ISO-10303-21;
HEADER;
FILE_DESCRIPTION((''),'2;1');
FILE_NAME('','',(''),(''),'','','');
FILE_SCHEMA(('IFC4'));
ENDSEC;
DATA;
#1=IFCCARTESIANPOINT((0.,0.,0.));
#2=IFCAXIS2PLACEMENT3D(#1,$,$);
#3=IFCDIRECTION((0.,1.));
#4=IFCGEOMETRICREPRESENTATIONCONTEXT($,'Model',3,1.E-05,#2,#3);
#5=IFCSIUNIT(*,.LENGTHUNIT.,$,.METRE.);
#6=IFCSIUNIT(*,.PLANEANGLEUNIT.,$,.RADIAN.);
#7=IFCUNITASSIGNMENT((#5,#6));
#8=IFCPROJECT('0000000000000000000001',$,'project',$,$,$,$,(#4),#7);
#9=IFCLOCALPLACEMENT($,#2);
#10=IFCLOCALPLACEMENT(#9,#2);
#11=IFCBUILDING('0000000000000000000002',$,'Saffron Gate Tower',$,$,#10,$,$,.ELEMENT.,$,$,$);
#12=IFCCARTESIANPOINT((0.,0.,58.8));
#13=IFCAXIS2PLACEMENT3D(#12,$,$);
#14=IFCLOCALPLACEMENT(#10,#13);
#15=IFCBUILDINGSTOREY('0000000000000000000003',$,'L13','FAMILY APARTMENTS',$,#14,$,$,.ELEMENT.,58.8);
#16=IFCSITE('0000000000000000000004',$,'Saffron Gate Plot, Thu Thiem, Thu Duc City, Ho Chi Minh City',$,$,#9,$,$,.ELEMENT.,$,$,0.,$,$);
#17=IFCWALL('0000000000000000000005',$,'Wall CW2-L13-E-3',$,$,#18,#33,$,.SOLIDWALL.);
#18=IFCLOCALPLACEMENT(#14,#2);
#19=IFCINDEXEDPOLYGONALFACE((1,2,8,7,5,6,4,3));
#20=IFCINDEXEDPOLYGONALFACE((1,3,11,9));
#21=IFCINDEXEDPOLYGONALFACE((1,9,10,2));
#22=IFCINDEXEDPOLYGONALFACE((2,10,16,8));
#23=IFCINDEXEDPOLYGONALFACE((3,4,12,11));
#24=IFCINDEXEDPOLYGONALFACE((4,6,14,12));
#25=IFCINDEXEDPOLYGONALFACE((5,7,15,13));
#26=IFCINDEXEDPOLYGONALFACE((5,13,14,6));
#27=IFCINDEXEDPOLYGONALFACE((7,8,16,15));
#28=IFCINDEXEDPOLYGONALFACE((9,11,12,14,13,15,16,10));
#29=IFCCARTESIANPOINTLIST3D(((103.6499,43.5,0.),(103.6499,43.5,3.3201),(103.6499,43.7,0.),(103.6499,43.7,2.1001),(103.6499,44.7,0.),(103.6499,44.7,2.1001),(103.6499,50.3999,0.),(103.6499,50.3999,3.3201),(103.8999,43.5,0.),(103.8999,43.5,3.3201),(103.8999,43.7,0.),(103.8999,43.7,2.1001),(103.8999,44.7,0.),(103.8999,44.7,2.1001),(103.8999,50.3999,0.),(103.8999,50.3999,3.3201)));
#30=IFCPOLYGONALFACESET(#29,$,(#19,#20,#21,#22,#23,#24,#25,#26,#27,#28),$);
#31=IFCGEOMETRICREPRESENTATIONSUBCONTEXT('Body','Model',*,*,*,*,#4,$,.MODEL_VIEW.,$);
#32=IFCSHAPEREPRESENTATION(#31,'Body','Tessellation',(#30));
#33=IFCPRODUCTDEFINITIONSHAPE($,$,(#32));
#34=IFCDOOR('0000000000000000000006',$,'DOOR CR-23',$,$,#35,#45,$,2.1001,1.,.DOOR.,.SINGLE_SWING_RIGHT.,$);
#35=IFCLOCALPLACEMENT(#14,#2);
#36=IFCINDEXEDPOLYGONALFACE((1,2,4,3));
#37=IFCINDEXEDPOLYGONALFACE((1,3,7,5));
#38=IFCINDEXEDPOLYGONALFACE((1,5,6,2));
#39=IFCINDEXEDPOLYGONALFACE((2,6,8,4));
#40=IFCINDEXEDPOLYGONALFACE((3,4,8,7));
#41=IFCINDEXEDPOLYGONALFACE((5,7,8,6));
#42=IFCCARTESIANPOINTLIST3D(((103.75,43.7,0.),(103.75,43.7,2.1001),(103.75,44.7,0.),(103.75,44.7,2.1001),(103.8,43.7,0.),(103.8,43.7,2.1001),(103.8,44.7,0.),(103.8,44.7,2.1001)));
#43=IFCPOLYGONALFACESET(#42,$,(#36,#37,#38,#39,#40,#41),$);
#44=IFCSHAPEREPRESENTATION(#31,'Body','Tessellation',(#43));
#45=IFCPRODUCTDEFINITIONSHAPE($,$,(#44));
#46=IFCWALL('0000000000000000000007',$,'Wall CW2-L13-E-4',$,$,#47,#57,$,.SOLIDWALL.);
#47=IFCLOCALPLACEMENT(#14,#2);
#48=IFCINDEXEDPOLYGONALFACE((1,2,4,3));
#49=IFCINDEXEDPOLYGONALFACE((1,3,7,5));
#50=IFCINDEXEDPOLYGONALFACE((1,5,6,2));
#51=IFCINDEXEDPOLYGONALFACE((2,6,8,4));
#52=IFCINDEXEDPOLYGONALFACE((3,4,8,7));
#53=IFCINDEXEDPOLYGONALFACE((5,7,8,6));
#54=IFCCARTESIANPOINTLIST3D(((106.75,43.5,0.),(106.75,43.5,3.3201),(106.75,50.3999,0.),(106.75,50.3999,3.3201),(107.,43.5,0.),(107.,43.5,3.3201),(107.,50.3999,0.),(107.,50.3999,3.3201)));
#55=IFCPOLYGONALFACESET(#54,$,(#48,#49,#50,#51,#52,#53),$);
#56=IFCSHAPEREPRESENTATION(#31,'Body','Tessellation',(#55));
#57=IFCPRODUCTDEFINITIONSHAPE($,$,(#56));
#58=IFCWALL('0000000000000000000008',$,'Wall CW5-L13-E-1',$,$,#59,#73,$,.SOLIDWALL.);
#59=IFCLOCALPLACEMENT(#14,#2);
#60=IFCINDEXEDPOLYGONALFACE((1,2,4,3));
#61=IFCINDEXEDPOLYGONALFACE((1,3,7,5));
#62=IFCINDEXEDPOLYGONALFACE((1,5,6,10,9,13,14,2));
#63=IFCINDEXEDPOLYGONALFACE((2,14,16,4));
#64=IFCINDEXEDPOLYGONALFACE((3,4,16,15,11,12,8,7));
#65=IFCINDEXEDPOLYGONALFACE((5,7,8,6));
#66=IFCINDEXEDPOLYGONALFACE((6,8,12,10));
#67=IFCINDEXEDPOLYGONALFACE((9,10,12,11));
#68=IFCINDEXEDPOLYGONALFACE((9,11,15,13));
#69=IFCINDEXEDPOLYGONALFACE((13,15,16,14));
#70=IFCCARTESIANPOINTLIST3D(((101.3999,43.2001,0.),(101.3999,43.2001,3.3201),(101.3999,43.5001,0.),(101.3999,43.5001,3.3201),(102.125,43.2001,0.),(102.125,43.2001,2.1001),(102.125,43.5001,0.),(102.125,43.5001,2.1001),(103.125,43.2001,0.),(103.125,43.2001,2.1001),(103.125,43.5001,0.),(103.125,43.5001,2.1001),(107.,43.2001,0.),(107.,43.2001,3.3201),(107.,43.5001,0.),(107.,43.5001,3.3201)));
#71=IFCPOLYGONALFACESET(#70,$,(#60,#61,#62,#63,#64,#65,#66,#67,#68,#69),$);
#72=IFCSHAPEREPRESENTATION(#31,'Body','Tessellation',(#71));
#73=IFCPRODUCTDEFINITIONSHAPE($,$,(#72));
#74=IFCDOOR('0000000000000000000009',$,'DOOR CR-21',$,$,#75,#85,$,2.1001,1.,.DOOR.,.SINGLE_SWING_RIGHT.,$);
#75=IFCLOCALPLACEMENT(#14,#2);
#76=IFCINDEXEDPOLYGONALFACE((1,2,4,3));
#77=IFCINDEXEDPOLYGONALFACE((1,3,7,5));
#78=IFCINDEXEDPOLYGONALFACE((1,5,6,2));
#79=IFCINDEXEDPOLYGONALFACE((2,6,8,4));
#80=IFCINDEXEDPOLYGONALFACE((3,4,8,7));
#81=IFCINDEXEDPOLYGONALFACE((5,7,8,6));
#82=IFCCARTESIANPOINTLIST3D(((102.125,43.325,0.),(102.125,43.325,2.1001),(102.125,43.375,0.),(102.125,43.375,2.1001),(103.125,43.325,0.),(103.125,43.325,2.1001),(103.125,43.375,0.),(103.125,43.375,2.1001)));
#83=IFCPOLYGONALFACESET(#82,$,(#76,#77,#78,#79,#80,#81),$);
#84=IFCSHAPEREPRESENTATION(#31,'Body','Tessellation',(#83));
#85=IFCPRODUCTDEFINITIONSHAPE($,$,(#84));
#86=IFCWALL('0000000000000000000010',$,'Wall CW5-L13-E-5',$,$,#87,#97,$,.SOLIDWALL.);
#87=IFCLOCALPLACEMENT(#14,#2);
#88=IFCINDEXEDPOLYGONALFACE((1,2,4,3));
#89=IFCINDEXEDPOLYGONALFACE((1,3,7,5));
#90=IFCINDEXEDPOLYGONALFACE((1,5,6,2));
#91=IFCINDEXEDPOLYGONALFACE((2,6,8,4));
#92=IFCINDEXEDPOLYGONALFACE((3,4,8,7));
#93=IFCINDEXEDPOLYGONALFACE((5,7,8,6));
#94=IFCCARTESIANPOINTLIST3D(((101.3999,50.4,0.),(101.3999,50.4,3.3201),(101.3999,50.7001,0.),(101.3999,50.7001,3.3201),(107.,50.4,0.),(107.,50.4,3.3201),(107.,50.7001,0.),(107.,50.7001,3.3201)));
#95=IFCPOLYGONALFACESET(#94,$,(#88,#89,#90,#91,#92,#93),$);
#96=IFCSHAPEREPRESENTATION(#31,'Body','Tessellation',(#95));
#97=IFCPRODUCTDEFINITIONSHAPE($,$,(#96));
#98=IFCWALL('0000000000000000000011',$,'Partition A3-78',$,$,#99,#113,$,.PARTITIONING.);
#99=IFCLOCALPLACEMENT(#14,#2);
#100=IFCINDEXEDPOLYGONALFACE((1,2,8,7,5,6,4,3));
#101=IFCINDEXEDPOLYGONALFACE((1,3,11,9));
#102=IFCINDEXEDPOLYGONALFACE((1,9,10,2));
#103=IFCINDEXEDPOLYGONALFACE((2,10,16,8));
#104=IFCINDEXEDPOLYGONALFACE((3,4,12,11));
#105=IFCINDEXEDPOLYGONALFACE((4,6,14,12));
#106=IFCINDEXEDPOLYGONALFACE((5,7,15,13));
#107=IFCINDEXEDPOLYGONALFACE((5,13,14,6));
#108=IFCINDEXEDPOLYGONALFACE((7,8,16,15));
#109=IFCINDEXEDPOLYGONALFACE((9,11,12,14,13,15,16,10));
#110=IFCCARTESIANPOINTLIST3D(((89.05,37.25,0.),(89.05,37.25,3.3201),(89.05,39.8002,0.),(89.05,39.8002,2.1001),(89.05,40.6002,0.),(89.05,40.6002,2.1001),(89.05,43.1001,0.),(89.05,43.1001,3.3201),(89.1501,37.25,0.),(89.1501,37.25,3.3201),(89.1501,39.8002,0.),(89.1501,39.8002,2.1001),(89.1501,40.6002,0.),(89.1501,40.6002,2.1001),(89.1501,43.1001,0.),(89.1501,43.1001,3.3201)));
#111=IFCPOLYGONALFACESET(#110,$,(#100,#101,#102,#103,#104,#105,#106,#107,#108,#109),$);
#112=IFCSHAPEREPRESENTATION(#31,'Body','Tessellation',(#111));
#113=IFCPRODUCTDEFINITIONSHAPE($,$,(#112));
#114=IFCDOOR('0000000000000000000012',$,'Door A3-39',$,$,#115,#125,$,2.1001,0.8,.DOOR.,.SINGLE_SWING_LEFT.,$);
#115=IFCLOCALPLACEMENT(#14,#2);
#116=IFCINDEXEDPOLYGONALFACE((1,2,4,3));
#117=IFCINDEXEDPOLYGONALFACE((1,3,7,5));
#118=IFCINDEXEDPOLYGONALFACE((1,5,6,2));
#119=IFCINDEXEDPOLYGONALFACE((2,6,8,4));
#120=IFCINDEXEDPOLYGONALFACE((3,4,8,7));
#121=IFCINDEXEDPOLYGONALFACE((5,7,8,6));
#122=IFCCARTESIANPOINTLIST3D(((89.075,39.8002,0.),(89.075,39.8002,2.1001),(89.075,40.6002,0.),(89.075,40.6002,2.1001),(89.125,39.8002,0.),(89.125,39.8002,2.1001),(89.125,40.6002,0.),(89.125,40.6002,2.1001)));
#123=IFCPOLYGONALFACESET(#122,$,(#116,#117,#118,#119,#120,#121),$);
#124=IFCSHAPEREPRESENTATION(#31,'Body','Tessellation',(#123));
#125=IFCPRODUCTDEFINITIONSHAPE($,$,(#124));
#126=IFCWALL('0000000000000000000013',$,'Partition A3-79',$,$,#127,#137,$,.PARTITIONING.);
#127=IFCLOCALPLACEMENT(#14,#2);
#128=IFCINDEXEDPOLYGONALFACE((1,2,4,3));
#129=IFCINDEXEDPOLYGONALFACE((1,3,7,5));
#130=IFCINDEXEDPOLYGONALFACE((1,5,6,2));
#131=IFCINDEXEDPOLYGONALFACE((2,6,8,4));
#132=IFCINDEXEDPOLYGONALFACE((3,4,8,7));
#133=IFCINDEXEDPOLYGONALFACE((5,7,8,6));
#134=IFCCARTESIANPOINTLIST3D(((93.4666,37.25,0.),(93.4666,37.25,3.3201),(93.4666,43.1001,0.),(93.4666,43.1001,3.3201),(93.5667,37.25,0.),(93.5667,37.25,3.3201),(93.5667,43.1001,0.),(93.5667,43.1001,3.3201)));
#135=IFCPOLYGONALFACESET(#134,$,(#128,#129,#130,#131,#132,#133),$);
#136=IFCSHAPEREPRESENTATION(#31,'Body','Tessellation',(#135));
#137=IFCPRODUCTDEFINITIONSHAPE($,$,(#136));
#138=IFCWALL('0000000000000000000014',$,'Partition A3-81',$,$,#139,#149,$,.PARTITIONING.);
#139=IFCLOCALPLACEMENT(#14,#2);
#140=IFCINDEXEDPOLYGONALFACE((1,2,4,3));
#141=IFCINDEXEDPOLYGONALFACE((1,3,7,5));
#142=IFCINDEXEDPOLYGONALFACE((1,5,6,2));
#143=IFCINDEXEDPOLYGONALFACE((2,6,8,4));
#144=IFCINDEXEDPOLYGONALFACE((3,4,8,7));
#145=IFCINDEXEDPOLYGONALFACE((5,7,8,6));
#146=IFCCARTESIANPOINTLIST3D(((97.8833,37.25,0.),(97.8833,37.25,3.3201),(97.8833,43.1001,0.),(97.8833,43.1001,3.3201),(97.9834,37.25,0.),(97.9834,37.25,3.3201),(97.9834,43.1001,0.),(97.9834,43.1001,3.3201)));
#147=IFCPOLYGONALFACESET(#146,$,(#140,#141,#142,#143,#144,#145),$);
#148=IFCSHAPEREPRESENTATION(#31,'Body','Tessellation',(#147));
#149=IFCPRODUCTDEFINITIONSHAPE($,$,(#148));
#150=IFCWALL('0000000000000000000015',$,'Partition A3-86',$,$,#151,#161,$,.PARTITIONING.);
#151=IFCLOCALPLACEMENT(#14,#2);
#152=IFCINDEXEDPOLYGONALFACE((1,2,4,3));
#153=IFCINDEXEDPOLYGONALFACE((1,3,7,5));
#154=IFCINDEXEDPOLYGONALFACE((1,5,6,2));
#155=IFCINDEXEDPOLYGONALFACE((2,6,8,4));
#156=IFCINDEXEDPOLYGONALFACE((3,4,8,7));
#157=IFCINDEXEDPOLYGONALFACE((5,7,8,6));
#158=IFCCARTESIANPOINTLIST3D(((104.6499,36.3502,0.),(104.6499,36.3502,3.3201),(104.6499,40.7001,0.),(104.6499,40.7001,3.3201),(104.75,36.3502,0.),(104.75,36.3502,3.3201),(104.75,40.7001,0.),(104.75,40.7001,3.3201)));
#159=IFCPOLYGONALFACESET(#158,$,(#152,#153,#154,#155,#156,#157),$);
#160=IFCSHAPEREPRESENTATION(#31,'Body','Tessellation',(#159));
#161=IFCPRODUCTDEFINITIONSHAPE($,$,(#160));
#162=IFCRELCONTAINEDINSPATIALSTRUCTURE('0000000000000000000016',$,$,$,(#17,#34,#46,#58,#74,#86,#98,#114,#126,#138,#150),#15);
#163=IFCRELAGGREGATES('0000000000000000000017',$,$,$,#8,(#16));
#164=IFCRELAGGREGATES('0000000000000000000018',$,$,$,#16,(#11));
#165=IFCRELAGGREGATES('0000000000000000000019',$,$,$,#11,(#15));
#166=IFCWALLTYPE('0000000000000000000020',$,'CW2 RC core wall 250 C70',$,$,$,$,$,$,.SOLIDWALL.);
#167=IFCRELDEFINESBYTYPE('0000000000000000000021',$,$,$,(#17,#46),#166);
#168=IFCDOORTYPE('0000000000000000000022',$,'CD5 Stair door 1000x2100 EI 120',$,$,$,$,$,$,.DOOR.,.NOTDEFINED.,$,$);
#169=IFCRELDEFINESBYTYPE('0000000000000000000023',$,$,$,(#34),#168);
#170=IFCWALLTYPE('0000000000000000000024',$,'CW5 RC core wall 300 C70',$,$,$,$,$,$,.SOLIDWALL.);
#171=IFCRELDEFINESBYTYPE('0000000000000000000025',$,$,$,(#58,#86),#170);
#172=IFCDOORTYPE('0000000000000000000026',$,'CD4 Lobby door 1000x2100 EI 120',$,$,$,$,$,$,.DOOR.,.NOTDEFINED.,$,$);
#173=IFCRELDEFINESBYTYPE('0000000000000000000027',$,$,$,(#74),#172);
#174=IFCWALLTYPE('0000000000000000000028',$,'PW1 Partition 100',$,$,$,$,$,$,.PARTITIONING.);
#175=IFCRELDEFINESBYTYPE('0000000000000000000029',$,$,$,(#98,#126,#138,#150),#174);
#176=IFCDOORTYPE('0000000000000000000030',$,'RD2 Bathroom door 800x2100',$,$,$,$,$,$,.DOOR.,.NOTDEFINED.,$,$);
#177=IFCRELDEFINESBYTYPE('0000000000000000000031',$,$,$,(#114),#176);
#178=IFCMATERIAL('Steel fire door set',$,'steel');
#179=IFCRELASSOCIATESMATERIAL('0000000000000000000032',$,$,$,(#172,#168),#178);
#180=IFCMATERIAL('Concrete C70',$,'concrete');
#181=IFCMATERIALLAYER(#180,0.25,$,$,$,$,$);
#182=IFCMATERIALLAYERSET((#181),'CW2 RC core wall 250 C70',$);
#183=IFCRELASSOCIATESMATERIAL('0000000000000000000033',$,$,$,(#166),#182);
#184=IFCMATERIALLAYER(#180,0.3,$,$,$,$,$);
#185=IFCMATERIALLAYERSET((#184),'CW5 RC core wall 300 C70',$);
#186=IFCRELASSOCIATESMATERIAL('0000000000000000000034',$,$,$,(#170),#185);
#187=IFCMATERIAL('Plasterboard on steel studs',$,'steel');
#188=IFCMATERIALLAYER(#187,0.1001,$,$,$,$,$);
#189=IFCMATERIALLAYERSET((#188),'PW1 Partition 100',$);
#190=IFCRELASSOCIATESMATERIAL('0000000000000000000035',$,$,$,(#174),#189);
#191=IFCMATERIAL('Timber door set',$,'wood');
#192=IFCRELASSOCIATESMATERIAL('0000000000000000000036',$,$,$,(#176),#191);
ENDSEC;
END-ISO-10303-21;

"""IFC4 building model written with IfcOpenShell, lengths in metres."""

from ifc_helpers import new_model, si_unit, direction, frame, frame_2d, origin, place, context, subcontext, project, spatial, rectangle, extrude, material, layer, layer_set, type_object, element, fill, save


model = new_model("IFC4")

# Units and contexts
model_context = context("Model", 3, precision=1e-05, world=origin(), true_north=direction((0.0, 1.0)))
body_context = subcontext(model_context, "Body", "Model", "MODEL_VIEW")
ifc_project = project(units=[si_unit("LENGTHUNIT", "METRE"), si_unit("PLANEANGLEUNIT", "RADIAN")], contexts=[model_context])

# Site, building, storey
site_placement = place(None, origin())
site = spatial("IfcSite", under=ifc_project, at=site_placement, Name="Saffron Gate Plot, Thu Thiem, Thu Duc City, Ho Chi Minh City", CompositionType="ELEMENT", RefElevation=0.0)
building_placement = place(site_placement, origin())
building = spatial("IfcBuilding", under=site, at=building_placement, Name="Saffron Gate Tower", CompositionType="ELEMENT")
storey_placement = place(building_placement, frame((0.0, 0.0, 58.8)))
storey = spatial("IfcBuildingStorey", under=building, at=storey_placement, Name="L13", Description="FAMILY APARTMENTS", CompositionType="ELEMENT", Elevation=58.8)

# Wall, opening, door
ifc_material_1 = material(Name="Steel fire door set", Category="steel")
door_type_1 = type_object("IfcDoorType", Name="CD4 Lobby door 1000x2100 EI 120", OperationType="NOTDEFINED", PredefinedType="DOOR", material=ifc_material_1)
ifc_material_2 = material(Name="Concrete C70", Category="concrete")
ifc_layer_1 = layer(ifc_material_2, 0.25)
ifc_layer_set_1 = layer_set([ifc_layer_1], Name="CW2 RC core wall 250 C70")
wall_type_1 = type_object("IfcWallType", Name="CW2 RC core wall 250 C70", PredefinedType="SOLIDWALL", material=ifc_layer_set_1)
wall_1_placement = place(storey_placement, frame((103.7749, 43.5, 0.0), z_axis=(0.0, 0.0, 1.0), x_axis=(0.0, 1.0, 0.0)))
wall_1 = element("IfcWall", 1, at=wall_1_placement, inside=storey, type_object=wall_type_1, Name="Wall CW2-L13-E-3", PredefinedType="SOLIDWALL", context=body_context, shape_type="SweptSolid", body=[
    extrude(rectangle(XDim=6.8999, YDim=0.25, at=frame_2d((3.45, 0.0))), origin(), (0.0, 0.0, 1.0), 3.3201),
])
opening_1_placement = place(wall_1_placement, frame((0.2, 0.0, 0.0)))
opening_1 = element("IfcOpeningElement", 2, at=opening_1_placement, cuts=wall_1, PredefinedType="OPENING", context=body_context, shape_type="SweptSolid", body=[
    extrude(rectangle(XDim=1.0, YDim=2.1001, at=frame_2d((0.5, 1.05))), frame((0.0, 0.135, 0.0), z_axis=(0.0, -1.0, 0.0), x_axis=(1.0, 0.0, 0.0)), (0.0, 0.0, 1.0), 0.27),
])
door_type_2 = type_object("IfcDoorType", Name="CD5 Stair door 1000x2100 EI 120", OperationType="NOTDEFINED", PredefinedType="DOOR", material=ifc_material_1)
door_1_placement = place(opening_1_placement, origin())
door_1 = element("IfcDoor", 3, at=door_1_placement, inside=storey, type_object=door_type_2, Name="DOOR CR-23", OperationType="SINGLE_SWING_RIGHT", OverallHeight=2.1001, OverallWidth=1.0, PredefinedType="DOOR", context=body_context, shape_type="SweptSolid", body=[
    extrude(rectangle(XDim=1.0, YDim=2.1001, at=frame_2d((0.5, 1.05))), frame((0.0, 0.0249, 0.0), z_axis=(0.0, -1.0, 0.0), x_axis=(1.0, 0.0, 0.0)), (0.0, 0.0, 1.0), 0.05),
])
fill(opening_1, door_1)

# Wall
wall_2_placement = place(storey_placement, frame((106.875, 43.5, 0.0), z_axis=(0.0, 0.0, 1.0), x_axis=(0.0, 1.0, 0.0)))
element("IfcWall", 4, at=wall_2_placement, inside=storey, type_object=wall_type_1, Name="Wall CW2-L13-E-4", PredefinedType="SOLIDWALL", context=body_context, shape_type="SweptSolid", body=[
    extrude(rectangle(XDim=6.8999, YDim=0.25, at=frame_2d((3.45, 0.0))), origin(), (0.0, 0.0, 1.0), 3.3201),
])

# Wall, opening, door
ifc_layer_2 = layer(ifc_material_2, 0.3)
ifc_layer_set_2 = layer_set([ifc_layer_2], Name="CW5 RC core wall 300 C70")
wall_type_2 = type_object("IfcWallType", Name="CW5 RC core wall 300 C70", PredefinedType="SOLIDWALL", material=ifc_layer_set_2)
wall_3_placement = place(storey_placement, frame((101.3999, 43.3501, 0.0), z_axis=(0.0, 0.0, 1.0), x_axis=(1.0, 0.0, 0.0)))
wall_3 = element("IfcWall", 5, at=wall_3_placement, inside=storey, type_object=wall_type_2, Name="Wall CW5-L13-E-1", PredefinedType="SOLIDWALL", context=body_context, shape_type="SweptSolid", body=[
    extrude(rectangle(XDim=5.6001, YDim=0.3, at=frame_2d((2.8, 0.0))), origin(), (0.0, 0.0, 1.0), 3.3201),
])
opening_2_placement = place(wall_3_placement, frame((0.7251, 0.0, 0.0)))
opening_2 = element("IfcOpeningElement", 6, at=opening_2_placement, cuts=wall_3, PredefinedType="OPENING", context=body_context, shape_type="SweptSolid", body=[
    extrude(rectangle(XDim=1.0, YDim=2.1001, at=frame_2d((0.5, 1.05))), frame((0.0, 0.1602, 0.0), z_axis=(0.0, -1.0, 0.0), x_axis=(1.0, 0.0, 0.0)), (0.0, 0.0, 1.0), 0.3201),
])
door_2_placement = place(opening_2_placement, origin())
door_2 = element("IfcDoor", 7, at=door_2_placement, inside=storey, type_object=door_type_1, Name="DOOR CR-21", OperationType="SINGLE_SWING_RIGHT", OverallHeight=2.1001, OverallWidth=1.0, PredefinedType="DOOR", context=body_context, shape_type="SweptSolid", body=[
    extrude(rectangle(XDim=1.0, YDim=2.1001, at=frame_2d((0.5, 1.05))), frame((0.0, 0.0249, 0.0), z_axis=(0.0, -1.0, 0.0), x_axis=(1.0, 0.0, 0.0)), (0.0, 0.0, 1.0), 0.05),
])
fill(opening_2, door_2)

# Wall
wall_4_placement = place(storey_placement, frame((101.3999, 50.55, 0.0), z_axis=(0.0, 0.0, 1.0), x_axis=(1.0, 0.0, 0.0)))
element("IfcWall", 8, at=wall_4_placement, inside=storey, type_object=wall_type_2, Name="Wall CW5-L13-E-5", PredefinedType="SOLIDWALL", context=body_context, shape_type="SweptSolid", body=[
    extrude(rectangle(XDim=5.6001, YDim=0.3, at=frame_2d((2.8, 0.0))), origin(), (0.0, 0.0, 1.0), 3.3201),
])

# Wall, opening, door
ifc_material_3 = material(Name="Plasterboard on steel studs", Category="steel")
ifc_layer_3 = layer(ifc_material_3, 0.1001)
ifc_layer_set_3 = layer_set([ifc_layer_3], Name="PW1 Partition 100")
wall_type_3 = type_object("IfcWallType", Name="PW1 Partition 100", PredefinedType="PARTITIONING", material=ifc_layer_set_3)
wall_5_placement = place(storey_placement, frame((89.1001, 43.1001, 0.0), z_axis=(0.0, 0.0, 1.0), x_axis=(0.0, -1.0, 0.0)))
wall_5 = element("IfcWall", 9, at=wall_5_placement, inside=storey, type_object=wall_type_3, Name="Partition A3-78", PredefinedType="PARTITIONING", context=body_context, shape_type="SweptSolid", body=[
    extrude(rectangle(XDim=5.8501, YDim=0.1001, at=frame_2d((2.925, 0.0))), origin(), (0.0, 0.0, 1.0), 3.3201),
])
opening_3_placement = place(wall_5_placement, frame((2.5, 0.0, 0.0)))
opening_3 = element("IfcOpeningElement", 10, at=opening_3_placement, cuts=wall_5, PredefinedType="OPENING", context=body_context, shape_type="SweptSolid", body=[
    extrude(rectangle(XDim=0.8, YDim=2.1001, at=frame_2d((0.3999, 1.05))), frame((0.0, 0.0601, 0.0), z_axis=(0.0, -1.0, 0.0), x_axis=(1.0, 0.0, 0.0)), (0.0, 0.0, 1.0), 0.1201),
])
ifc_material_4 = material(Name="Timber door set", Category="wood")
door_type_3 = type_object("IfcDoorType", Name="RD2 Bathroom door 800x2100", OperationType="NOTDEFINED", PredefinedType="DOOR", material=ifc_material_4)
door_3_placement = place(opening_3_placement, origin())
door_3 = element("IfcDoor", 11, at=door_3_placement, inside=storey, type_object=door_type_3, Name="Door A3-39", OperationType="SINGLE_SWING_LEFT", OverallHeight=2.1001, OverallWidth=0.8, PredefinedType="DOOR", context=body_context, shape_type="SweptSolid", body=[
    extrude(rectangle(XDim=0.8, YDim=2.1001, at=frame_2d((0.3999, 1.05))), frame((0.0, 0.0249, 0.0), z_axis=(0.0, -1.0, 0.0), x_axis=(1.0, 0.0, 0.0)), (0.0, 0.0, 1.0), 0.05),
])
fill(opening_3, door_3)

# Walls
for number, where, z_axis, x_axis, name in (
    (12, (93.5166, 43.1001, 0.0), (0.0, 0.0, 1.0), (0.0, -1.0, 0.0), "Partition A3-79"),
    (13, (97.9333, 43.1001, 0.0), (0.0, 0.0, 1.0), (0.0, -1.0, 0.0), "Partition A3-81"),
):
    element("IfcWall", number, at=place(storey_placement, frame(where, z_axis=z_axis, x_axis=x_axis)), inside=storey, type_object=wall_type_3, Name=name, PredefinedType="PARTITIONING", context=body_context, shape_type="SweptSolid", body=[
        extrude(rectangle(XDim=5.8501, YDim=0.1001, at=frame_2d((2.925, 0.0))), origin(), (0.0, 0.0, 1.0), 3.3201),
    ])
wall_6_placement = place(storey_placement, frame((104.7, 40.7, 0.0), z_axis=(0.0, 0.0, 1.0), x_axis=(0.0, -1.0, 0.0)))
element("IfcWall", 14, at=wall_6_placement, inside=storey, type_object=wall_type_3, Name="Partition A3-86", PredefinedType="PARTITIONING", context=body_context, shape_type="SweptSolid", body=[
    extrude(rectangle(XDim=4.3499, YDim=0.1001, at=frame_2d((2.1748, 0.0))), origin(), (0.0, 0.0, 1.0), 3.3201),
])

save(model, "model.ifc")
